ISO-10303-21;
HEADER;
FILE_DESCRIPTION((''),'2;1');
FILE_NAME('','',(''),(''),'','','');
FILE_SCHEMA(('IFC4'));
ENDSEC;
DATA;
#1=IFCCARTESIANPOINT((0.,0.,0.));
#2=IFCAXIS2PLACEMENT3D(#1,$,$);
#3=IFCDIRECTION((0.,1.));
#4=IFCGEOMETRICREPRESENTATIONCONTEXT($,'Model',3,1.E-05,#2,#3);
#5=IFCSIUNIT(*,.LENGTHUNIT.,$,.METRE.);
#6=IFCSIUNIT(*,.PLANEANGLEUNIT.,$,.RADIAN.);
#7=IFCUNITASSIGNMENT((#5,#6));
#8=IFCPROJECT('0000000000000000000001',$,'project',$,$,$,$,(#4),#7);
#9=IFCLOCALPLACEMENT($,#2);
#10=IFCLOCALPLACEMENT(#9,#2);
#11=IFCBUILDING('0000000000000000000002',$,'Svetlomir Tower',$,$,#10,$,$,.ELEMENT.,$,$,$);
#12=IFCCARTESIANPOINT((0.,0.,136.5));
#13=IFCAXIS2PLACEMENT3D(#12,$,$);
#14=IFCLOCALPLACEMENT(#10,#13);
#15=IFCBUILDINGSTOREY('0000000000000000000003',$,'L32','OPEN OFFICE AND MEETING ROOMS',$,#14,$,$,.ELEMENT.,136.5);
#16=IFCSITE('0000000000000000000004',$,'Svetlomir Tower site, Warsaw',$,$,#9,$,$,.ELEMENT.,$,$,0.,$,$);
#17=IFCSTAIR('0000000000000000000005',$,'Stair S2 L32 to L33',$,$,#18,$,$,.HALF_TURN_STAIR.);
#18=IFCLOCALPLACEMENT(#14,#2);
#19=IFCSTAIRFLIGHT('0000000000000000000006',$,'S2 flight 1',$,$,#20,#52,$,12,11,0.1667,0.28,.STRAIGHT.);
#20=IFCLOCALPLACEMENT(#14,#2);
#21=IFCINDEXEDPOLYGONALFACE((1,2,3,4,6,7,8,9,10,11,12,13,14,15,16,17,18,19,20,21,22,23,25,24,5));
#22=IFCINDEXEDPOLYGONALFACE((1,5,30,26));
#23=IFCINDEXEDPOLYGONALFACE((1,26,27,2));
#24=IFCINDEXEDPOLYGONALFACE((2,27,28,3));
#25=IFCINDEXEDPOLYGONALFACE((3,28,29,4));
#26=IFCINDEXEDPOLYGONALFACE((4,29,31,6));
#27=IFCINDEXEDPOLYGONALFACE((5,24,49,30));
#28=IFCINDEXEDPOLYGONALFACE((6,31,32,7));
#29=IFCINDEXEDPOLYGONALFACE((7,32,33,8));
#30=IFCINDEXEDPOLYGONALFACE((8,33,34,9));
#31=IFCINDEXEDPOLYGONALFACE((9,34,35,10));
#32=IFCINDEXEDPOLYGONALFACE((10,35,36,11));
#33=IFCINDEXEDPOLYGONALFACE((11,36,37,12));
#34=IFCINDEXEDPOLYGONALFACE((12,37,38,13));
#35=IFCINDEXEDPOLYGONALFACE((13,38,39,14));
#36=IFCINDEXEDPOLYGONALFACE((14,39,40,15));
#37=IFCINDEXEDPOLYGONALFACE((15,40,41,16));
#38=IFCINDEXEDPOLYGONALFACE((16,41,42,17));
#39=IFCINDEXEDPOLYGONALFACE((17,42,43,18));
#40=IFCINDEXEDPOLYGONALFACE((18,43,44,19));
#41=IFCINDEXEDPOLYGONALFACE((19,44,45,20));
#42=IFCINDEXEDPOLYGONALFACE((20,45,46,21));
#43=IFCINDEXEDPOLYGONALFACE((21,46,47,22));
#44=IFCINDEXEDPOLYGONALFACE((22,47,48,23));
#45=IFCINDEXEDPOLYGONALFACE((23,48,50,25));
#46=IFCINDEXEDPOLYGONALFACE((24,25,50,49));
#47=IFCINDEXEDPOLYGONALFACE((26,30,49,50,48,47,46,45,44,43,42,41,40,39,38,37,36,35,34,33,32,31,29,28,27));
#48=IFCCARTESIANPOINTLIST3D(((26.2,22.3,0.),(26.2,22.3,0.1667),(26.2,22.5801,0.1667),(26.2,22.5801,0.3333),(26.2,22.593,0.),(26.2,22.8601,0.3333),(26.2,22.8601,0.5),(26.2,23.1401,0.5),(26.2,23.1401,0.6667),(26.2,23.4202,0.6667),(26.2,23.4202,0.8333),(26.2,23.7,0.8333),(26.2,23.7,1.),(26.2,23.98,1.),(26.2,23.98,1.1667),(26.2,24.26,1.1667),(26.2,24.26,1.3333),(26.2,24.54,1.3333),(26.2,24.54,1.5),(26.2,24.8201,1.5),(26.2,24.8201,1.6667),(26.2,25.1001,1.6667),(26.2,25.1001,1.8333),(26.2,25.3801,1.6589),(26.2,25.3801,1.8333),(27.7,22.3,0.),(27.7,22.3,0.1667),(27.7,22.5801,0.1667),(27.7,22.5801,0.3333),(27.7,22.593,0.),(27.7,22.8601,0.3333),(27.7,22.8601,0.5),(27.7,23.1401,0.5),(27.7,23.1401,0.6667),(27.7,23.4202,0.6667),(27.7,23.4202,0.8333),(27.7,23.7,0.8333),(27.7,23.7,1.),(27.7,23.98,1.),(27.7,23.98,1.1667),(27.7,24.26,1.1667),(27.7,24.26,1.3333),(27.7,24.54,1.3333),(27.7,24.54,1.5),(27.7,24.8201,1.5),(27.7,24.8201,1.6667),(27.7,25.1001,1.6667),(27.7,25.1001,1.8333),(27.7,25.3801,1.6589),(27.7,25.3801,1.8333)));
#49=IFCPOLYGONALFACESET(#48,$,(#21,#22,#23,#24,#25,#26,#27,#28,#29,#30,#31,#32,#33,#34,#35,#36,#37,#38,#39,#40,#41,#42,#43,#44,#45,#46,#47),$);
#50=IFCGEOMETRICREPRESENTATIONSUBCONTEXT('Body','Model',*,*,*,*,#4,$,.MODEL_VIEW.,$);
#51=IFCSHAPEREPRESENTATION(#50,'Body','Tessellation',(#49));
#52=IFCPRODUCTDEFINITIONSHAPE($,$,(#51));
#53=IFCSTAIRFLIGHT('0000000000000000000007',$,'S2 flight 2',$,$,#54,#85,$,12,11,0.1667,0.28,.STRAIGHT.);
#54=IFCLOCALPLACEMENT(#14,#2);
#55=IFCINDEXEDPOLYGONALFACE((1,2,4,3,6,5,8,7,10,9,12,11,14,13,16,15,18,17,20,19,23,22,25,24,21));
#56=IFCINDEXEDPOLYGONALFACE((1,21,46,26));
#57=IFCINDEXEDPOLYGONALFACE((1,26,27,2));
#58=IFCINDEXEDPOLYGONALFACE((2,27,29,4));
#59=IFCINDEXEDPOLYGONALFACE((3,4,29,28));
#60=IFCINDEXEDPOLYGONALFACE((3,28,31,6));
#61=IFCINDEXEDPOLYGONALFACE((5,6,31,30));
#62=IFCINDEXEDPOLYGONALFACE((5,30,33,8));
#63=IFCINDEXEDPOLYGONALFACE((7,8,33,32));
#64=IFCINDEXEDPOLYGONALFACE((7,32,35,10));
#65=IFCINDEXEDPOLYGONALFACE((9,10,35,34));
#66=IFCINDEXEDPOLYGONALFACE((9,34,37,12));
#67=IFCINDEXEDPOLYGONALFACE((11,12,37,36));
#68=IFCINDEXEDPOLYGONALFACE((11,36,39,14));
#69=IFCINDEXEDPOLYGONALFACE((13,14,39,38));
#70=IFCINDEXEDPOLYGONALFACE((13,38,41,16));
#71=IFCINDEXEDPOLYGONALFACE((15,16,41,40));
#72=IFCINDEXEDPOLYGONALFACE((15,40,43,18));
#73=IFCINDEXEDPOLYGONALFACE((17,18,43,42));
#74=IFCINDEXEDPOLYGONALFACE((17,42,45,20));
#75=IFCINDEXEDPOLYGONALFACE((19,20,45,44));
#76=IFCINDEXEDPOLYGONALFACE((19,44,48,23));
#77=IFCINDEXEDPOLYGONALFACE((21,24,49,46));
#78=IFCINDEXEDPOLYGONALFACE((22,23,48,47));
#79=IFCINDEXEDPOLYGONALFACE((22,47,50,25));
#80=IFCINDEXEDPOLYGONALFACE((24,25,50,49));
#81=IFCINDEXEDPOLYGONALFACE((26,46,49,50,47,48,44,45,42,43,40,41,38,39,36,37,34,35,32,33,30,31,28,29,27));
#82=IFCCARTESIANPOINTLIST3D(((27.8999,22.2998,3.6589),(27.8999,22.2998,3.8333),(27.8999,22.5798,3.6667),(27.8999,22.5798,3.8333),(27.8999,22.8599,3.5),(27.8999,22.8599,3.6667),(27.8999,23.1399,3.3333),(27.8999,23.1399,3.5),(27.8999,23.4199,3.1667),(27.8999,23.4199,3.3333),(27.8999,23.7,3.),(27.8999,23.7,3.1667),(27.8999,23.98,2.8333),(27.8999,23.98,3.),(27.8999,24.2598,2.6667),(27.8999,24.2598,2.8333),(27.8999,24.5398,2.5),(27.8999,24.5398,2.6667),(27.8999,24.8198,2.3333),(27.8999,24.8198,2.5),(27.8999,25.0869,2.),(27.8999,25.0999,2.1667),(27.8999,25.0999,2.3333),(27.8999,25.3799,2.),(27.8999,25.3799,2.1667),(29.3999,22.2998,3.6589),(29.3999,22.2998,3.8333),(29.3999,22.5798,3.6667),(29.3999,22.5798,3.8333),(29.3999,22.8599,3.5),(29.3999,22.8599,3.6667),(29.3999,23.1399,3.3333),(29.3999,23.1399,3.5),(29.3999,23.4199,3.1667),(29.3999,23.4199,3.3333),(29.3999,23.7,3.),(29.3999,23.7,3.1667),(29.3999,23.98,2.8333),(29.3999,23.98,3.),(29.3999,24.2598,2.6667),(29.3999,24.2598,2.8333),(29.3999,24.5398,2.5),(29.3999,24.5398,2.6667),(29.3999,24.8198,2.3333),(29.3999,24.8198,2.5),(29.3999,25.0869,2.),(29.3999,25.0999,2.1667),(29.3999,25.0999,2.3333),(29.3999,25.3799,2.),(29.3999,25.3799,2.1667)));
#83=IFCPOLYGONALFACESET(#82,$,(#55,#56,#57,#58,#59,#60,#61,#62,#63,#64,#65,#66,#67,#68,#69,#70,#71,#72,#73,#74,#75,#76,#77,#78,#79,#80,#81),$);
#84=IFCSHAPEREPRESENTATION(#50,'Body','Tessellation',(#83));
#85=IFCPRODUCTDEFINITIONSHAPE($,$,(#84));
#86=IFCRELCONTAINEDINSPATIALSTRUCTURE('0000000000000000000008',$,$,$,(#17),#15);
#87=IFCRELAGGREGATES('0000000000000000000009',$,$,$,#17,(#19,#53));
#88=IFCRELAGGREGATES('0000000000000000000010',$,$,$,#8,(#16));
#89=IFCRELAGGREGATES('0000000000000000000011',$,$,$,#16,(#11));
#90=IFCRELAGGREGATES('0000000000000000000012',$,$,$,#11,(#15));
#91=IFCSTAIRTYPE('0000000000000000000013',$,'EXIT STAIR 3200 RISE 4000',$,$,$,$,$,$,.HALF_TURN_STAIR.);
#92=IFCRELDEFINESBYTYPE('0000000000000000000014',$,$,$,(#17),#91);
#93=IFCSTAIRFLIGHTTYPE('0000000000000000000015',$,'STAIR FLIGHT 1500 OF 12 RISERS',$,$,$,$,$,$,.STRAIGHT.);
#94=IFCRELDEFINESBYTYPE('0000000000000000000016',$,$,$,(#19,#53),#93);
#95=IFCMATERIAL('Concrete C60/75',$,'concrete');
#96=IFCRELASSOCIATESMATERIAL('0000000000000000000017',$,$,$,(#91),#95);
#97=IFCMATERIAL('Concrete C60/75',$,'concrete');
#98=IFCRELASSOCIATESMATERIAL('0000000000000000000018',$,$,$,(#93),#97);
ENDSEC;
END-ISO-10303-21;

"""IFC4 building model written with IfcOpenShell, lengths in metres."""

from ifc_helpers import new_model, si_unit, direction, frame, origin, place, context, subcontext, project, spatial, polyline, outline, extrude, material, type_object, element, aggregate, save


model = new_model("IFC4")

# Units and contexts
model_context = context("Model", 3, precision=1e-05, world=origin(), true_north=direction((0.0, 1.0)))
body_context = subcontext(model_context, "Body", "Model", "MODEL_VIEW")
ifc_project = project(units=[si_unit("LENGTHUNIT", "METRE"), si_unit("PLANEANGLEUNIT", "RADIAN")], contexts=[model_context])

# Site, building, storey
site_placement = place(None, origin())
site = spatial("IfcSite", under=ifc_project, at=site_placement, Name="Svetlomir Tower site, Warsaw", CompositionType="ELEMENT", RefElevation=0.0)
building_placement = place(site_placement, origin())
building = spatial("IfcBuilding", under=site, at=building_placement, Name="Svetlomir Tower", CompositionType="ELEMENT")
storey_placement = place(building_placement, frame((0.0, 0.0, 136.5)))
storey = spatial("IfcBuildingStorey", under=building, at=storey_placement, Name="L32", Description="OPEN OFFICE AND MEETING ROOMS", CompositionType="ELEMENT", Elevation=136.5)

# Stair, stair flights
ifc_material_1 = material(Name="Concrete C60/75", Category="concrete")
stair_type = type_object("IfcStairType", Name="EXIT STAIR 3200 RISE 4000", PredefinedType="HALF_TURN_STAIR", material=ifc_material_1)
stair_placement = place(storey_placement, origin())
stair = element("IfcStair", 1, at=stair_placement, inside=storey, type_object=stair_type, Name="Stair S2 L32 to L33", PredefinedType="HALF_TURN_STAIR")
ifc_material_2 = material(Name="Concrete C60/75", Category="concrete")
stair_flight_type = type_object("IfcStairFlightType", Name="STAIR FLIGHT 1500 OF 12 RISERS", PredefinedType="STRAIGHT", material=ifc_material_2)
stair_flight_1_placement = place(storey_placement, frame((26.95, 22.3, 0.0), z_axis=(0.0, 0.0, 1.0), x_axis=(0.0, 1.0, 0.0)))
stair_flight_1 = element("IfcStairFlight", 2, at=stair_flight_1_placement, type_object=stair_flight_type, Name="S2 flight 1", NumberOfRisers=12, NumberOfTreads=11, PredefinedType="STRAIGHT", RiserHeight=0.1667, TreadLength=0.28, context=body_context, shape_type="SweptSolid", body=[
    extrude(outline(polyline([(0.0, 0.0), (0.0, 0.1667), (0.28, 0.1667), (0.28, 0.3333), (0.5601, 0.3333), (0.5601, 0.5), (0.8401, 0.5), (0.8401, 0.6667), (1.1201, 0.6667), (1.1201, 0.8333), (1.3999, 0.8333), (1.3999, 1.0), (1.6799, 1.0), (1.6799, 1.1667), (1.96, 1.1667), (1.96, 1.3333), (2.24, 1.3333), (2.24, 1.5), (2.52, 1.5), (2.52, 1.6667), (2.8, 1.6667), (2.8, 1.8333), (3.0801, 1.8333), (3.0801, 2.0), (3.0801, 1.6589), (0.293, 0.0), (0.0, 0.0)])), frame((0.0, 0.75, 0.0), z_axis=(0.0, -1.0, 0.0), x_axis=(1.0, 0.0, 0.0)), (0.0, 0.0, 1.0), 1.5),
])
stair_flight_2_placement = place(storey_placement, frame((28.6499, 25.3799, 2.0), z_axis=(0.0, 0.0, 1.0), x_axis=(0.0, -1.0, 0.0)))
stair_flight_2 = element("IfcStairFlight", 3, at=stair_flight_2_placement, type_object=stair_flight_type, Name="S2 flight 2", NumberOfRisers=12, NumberOfTreads=11, PredefinedType="STRAIGHT", RiserHeight=0.1667, TreadLength=0.28, context=body_context, shape_type="SweptSolid", body=[
    extrude(outline(polyline([(0.0, 0.0), (0.0, 0.1667), (0.28, 0.1667), (0.28, 0.3333), (0.5601, 0.3333), (0.5601, 0.5), (0.8401, 0.5), (0.8401, 0.6667), (1.1201, 0.6667), (1.1201, 0.8333), (1.3999, 0.8333), (1.3999, 1.0), (1.6799, 1.0), (1.6799, 1.1667), (1.96, 1.1667), (1.96, 1.3333), (2.24, 1.3333), (2.24, 1.5), (2.52, 1.5), (2.52, 1.6667), (2.8, 1.6667), (2.8, 1.8333), (3.0801, 1.8333), (3.0801, 2.0), (3.0801, 1.6589), (0.293, 0.0), (0.0, 0.0)])), frame((0.0, 0.75, 0.0), z_axis=(0.0, -1.0, 0.0), x_axis=(1.0, 0.0, 0.0)), (0.0, 0.0, 1.0), 1.5),
])
aggregate(stair, [stair_flight_1, stair_flight_2])

save(model, "model.ifc")
